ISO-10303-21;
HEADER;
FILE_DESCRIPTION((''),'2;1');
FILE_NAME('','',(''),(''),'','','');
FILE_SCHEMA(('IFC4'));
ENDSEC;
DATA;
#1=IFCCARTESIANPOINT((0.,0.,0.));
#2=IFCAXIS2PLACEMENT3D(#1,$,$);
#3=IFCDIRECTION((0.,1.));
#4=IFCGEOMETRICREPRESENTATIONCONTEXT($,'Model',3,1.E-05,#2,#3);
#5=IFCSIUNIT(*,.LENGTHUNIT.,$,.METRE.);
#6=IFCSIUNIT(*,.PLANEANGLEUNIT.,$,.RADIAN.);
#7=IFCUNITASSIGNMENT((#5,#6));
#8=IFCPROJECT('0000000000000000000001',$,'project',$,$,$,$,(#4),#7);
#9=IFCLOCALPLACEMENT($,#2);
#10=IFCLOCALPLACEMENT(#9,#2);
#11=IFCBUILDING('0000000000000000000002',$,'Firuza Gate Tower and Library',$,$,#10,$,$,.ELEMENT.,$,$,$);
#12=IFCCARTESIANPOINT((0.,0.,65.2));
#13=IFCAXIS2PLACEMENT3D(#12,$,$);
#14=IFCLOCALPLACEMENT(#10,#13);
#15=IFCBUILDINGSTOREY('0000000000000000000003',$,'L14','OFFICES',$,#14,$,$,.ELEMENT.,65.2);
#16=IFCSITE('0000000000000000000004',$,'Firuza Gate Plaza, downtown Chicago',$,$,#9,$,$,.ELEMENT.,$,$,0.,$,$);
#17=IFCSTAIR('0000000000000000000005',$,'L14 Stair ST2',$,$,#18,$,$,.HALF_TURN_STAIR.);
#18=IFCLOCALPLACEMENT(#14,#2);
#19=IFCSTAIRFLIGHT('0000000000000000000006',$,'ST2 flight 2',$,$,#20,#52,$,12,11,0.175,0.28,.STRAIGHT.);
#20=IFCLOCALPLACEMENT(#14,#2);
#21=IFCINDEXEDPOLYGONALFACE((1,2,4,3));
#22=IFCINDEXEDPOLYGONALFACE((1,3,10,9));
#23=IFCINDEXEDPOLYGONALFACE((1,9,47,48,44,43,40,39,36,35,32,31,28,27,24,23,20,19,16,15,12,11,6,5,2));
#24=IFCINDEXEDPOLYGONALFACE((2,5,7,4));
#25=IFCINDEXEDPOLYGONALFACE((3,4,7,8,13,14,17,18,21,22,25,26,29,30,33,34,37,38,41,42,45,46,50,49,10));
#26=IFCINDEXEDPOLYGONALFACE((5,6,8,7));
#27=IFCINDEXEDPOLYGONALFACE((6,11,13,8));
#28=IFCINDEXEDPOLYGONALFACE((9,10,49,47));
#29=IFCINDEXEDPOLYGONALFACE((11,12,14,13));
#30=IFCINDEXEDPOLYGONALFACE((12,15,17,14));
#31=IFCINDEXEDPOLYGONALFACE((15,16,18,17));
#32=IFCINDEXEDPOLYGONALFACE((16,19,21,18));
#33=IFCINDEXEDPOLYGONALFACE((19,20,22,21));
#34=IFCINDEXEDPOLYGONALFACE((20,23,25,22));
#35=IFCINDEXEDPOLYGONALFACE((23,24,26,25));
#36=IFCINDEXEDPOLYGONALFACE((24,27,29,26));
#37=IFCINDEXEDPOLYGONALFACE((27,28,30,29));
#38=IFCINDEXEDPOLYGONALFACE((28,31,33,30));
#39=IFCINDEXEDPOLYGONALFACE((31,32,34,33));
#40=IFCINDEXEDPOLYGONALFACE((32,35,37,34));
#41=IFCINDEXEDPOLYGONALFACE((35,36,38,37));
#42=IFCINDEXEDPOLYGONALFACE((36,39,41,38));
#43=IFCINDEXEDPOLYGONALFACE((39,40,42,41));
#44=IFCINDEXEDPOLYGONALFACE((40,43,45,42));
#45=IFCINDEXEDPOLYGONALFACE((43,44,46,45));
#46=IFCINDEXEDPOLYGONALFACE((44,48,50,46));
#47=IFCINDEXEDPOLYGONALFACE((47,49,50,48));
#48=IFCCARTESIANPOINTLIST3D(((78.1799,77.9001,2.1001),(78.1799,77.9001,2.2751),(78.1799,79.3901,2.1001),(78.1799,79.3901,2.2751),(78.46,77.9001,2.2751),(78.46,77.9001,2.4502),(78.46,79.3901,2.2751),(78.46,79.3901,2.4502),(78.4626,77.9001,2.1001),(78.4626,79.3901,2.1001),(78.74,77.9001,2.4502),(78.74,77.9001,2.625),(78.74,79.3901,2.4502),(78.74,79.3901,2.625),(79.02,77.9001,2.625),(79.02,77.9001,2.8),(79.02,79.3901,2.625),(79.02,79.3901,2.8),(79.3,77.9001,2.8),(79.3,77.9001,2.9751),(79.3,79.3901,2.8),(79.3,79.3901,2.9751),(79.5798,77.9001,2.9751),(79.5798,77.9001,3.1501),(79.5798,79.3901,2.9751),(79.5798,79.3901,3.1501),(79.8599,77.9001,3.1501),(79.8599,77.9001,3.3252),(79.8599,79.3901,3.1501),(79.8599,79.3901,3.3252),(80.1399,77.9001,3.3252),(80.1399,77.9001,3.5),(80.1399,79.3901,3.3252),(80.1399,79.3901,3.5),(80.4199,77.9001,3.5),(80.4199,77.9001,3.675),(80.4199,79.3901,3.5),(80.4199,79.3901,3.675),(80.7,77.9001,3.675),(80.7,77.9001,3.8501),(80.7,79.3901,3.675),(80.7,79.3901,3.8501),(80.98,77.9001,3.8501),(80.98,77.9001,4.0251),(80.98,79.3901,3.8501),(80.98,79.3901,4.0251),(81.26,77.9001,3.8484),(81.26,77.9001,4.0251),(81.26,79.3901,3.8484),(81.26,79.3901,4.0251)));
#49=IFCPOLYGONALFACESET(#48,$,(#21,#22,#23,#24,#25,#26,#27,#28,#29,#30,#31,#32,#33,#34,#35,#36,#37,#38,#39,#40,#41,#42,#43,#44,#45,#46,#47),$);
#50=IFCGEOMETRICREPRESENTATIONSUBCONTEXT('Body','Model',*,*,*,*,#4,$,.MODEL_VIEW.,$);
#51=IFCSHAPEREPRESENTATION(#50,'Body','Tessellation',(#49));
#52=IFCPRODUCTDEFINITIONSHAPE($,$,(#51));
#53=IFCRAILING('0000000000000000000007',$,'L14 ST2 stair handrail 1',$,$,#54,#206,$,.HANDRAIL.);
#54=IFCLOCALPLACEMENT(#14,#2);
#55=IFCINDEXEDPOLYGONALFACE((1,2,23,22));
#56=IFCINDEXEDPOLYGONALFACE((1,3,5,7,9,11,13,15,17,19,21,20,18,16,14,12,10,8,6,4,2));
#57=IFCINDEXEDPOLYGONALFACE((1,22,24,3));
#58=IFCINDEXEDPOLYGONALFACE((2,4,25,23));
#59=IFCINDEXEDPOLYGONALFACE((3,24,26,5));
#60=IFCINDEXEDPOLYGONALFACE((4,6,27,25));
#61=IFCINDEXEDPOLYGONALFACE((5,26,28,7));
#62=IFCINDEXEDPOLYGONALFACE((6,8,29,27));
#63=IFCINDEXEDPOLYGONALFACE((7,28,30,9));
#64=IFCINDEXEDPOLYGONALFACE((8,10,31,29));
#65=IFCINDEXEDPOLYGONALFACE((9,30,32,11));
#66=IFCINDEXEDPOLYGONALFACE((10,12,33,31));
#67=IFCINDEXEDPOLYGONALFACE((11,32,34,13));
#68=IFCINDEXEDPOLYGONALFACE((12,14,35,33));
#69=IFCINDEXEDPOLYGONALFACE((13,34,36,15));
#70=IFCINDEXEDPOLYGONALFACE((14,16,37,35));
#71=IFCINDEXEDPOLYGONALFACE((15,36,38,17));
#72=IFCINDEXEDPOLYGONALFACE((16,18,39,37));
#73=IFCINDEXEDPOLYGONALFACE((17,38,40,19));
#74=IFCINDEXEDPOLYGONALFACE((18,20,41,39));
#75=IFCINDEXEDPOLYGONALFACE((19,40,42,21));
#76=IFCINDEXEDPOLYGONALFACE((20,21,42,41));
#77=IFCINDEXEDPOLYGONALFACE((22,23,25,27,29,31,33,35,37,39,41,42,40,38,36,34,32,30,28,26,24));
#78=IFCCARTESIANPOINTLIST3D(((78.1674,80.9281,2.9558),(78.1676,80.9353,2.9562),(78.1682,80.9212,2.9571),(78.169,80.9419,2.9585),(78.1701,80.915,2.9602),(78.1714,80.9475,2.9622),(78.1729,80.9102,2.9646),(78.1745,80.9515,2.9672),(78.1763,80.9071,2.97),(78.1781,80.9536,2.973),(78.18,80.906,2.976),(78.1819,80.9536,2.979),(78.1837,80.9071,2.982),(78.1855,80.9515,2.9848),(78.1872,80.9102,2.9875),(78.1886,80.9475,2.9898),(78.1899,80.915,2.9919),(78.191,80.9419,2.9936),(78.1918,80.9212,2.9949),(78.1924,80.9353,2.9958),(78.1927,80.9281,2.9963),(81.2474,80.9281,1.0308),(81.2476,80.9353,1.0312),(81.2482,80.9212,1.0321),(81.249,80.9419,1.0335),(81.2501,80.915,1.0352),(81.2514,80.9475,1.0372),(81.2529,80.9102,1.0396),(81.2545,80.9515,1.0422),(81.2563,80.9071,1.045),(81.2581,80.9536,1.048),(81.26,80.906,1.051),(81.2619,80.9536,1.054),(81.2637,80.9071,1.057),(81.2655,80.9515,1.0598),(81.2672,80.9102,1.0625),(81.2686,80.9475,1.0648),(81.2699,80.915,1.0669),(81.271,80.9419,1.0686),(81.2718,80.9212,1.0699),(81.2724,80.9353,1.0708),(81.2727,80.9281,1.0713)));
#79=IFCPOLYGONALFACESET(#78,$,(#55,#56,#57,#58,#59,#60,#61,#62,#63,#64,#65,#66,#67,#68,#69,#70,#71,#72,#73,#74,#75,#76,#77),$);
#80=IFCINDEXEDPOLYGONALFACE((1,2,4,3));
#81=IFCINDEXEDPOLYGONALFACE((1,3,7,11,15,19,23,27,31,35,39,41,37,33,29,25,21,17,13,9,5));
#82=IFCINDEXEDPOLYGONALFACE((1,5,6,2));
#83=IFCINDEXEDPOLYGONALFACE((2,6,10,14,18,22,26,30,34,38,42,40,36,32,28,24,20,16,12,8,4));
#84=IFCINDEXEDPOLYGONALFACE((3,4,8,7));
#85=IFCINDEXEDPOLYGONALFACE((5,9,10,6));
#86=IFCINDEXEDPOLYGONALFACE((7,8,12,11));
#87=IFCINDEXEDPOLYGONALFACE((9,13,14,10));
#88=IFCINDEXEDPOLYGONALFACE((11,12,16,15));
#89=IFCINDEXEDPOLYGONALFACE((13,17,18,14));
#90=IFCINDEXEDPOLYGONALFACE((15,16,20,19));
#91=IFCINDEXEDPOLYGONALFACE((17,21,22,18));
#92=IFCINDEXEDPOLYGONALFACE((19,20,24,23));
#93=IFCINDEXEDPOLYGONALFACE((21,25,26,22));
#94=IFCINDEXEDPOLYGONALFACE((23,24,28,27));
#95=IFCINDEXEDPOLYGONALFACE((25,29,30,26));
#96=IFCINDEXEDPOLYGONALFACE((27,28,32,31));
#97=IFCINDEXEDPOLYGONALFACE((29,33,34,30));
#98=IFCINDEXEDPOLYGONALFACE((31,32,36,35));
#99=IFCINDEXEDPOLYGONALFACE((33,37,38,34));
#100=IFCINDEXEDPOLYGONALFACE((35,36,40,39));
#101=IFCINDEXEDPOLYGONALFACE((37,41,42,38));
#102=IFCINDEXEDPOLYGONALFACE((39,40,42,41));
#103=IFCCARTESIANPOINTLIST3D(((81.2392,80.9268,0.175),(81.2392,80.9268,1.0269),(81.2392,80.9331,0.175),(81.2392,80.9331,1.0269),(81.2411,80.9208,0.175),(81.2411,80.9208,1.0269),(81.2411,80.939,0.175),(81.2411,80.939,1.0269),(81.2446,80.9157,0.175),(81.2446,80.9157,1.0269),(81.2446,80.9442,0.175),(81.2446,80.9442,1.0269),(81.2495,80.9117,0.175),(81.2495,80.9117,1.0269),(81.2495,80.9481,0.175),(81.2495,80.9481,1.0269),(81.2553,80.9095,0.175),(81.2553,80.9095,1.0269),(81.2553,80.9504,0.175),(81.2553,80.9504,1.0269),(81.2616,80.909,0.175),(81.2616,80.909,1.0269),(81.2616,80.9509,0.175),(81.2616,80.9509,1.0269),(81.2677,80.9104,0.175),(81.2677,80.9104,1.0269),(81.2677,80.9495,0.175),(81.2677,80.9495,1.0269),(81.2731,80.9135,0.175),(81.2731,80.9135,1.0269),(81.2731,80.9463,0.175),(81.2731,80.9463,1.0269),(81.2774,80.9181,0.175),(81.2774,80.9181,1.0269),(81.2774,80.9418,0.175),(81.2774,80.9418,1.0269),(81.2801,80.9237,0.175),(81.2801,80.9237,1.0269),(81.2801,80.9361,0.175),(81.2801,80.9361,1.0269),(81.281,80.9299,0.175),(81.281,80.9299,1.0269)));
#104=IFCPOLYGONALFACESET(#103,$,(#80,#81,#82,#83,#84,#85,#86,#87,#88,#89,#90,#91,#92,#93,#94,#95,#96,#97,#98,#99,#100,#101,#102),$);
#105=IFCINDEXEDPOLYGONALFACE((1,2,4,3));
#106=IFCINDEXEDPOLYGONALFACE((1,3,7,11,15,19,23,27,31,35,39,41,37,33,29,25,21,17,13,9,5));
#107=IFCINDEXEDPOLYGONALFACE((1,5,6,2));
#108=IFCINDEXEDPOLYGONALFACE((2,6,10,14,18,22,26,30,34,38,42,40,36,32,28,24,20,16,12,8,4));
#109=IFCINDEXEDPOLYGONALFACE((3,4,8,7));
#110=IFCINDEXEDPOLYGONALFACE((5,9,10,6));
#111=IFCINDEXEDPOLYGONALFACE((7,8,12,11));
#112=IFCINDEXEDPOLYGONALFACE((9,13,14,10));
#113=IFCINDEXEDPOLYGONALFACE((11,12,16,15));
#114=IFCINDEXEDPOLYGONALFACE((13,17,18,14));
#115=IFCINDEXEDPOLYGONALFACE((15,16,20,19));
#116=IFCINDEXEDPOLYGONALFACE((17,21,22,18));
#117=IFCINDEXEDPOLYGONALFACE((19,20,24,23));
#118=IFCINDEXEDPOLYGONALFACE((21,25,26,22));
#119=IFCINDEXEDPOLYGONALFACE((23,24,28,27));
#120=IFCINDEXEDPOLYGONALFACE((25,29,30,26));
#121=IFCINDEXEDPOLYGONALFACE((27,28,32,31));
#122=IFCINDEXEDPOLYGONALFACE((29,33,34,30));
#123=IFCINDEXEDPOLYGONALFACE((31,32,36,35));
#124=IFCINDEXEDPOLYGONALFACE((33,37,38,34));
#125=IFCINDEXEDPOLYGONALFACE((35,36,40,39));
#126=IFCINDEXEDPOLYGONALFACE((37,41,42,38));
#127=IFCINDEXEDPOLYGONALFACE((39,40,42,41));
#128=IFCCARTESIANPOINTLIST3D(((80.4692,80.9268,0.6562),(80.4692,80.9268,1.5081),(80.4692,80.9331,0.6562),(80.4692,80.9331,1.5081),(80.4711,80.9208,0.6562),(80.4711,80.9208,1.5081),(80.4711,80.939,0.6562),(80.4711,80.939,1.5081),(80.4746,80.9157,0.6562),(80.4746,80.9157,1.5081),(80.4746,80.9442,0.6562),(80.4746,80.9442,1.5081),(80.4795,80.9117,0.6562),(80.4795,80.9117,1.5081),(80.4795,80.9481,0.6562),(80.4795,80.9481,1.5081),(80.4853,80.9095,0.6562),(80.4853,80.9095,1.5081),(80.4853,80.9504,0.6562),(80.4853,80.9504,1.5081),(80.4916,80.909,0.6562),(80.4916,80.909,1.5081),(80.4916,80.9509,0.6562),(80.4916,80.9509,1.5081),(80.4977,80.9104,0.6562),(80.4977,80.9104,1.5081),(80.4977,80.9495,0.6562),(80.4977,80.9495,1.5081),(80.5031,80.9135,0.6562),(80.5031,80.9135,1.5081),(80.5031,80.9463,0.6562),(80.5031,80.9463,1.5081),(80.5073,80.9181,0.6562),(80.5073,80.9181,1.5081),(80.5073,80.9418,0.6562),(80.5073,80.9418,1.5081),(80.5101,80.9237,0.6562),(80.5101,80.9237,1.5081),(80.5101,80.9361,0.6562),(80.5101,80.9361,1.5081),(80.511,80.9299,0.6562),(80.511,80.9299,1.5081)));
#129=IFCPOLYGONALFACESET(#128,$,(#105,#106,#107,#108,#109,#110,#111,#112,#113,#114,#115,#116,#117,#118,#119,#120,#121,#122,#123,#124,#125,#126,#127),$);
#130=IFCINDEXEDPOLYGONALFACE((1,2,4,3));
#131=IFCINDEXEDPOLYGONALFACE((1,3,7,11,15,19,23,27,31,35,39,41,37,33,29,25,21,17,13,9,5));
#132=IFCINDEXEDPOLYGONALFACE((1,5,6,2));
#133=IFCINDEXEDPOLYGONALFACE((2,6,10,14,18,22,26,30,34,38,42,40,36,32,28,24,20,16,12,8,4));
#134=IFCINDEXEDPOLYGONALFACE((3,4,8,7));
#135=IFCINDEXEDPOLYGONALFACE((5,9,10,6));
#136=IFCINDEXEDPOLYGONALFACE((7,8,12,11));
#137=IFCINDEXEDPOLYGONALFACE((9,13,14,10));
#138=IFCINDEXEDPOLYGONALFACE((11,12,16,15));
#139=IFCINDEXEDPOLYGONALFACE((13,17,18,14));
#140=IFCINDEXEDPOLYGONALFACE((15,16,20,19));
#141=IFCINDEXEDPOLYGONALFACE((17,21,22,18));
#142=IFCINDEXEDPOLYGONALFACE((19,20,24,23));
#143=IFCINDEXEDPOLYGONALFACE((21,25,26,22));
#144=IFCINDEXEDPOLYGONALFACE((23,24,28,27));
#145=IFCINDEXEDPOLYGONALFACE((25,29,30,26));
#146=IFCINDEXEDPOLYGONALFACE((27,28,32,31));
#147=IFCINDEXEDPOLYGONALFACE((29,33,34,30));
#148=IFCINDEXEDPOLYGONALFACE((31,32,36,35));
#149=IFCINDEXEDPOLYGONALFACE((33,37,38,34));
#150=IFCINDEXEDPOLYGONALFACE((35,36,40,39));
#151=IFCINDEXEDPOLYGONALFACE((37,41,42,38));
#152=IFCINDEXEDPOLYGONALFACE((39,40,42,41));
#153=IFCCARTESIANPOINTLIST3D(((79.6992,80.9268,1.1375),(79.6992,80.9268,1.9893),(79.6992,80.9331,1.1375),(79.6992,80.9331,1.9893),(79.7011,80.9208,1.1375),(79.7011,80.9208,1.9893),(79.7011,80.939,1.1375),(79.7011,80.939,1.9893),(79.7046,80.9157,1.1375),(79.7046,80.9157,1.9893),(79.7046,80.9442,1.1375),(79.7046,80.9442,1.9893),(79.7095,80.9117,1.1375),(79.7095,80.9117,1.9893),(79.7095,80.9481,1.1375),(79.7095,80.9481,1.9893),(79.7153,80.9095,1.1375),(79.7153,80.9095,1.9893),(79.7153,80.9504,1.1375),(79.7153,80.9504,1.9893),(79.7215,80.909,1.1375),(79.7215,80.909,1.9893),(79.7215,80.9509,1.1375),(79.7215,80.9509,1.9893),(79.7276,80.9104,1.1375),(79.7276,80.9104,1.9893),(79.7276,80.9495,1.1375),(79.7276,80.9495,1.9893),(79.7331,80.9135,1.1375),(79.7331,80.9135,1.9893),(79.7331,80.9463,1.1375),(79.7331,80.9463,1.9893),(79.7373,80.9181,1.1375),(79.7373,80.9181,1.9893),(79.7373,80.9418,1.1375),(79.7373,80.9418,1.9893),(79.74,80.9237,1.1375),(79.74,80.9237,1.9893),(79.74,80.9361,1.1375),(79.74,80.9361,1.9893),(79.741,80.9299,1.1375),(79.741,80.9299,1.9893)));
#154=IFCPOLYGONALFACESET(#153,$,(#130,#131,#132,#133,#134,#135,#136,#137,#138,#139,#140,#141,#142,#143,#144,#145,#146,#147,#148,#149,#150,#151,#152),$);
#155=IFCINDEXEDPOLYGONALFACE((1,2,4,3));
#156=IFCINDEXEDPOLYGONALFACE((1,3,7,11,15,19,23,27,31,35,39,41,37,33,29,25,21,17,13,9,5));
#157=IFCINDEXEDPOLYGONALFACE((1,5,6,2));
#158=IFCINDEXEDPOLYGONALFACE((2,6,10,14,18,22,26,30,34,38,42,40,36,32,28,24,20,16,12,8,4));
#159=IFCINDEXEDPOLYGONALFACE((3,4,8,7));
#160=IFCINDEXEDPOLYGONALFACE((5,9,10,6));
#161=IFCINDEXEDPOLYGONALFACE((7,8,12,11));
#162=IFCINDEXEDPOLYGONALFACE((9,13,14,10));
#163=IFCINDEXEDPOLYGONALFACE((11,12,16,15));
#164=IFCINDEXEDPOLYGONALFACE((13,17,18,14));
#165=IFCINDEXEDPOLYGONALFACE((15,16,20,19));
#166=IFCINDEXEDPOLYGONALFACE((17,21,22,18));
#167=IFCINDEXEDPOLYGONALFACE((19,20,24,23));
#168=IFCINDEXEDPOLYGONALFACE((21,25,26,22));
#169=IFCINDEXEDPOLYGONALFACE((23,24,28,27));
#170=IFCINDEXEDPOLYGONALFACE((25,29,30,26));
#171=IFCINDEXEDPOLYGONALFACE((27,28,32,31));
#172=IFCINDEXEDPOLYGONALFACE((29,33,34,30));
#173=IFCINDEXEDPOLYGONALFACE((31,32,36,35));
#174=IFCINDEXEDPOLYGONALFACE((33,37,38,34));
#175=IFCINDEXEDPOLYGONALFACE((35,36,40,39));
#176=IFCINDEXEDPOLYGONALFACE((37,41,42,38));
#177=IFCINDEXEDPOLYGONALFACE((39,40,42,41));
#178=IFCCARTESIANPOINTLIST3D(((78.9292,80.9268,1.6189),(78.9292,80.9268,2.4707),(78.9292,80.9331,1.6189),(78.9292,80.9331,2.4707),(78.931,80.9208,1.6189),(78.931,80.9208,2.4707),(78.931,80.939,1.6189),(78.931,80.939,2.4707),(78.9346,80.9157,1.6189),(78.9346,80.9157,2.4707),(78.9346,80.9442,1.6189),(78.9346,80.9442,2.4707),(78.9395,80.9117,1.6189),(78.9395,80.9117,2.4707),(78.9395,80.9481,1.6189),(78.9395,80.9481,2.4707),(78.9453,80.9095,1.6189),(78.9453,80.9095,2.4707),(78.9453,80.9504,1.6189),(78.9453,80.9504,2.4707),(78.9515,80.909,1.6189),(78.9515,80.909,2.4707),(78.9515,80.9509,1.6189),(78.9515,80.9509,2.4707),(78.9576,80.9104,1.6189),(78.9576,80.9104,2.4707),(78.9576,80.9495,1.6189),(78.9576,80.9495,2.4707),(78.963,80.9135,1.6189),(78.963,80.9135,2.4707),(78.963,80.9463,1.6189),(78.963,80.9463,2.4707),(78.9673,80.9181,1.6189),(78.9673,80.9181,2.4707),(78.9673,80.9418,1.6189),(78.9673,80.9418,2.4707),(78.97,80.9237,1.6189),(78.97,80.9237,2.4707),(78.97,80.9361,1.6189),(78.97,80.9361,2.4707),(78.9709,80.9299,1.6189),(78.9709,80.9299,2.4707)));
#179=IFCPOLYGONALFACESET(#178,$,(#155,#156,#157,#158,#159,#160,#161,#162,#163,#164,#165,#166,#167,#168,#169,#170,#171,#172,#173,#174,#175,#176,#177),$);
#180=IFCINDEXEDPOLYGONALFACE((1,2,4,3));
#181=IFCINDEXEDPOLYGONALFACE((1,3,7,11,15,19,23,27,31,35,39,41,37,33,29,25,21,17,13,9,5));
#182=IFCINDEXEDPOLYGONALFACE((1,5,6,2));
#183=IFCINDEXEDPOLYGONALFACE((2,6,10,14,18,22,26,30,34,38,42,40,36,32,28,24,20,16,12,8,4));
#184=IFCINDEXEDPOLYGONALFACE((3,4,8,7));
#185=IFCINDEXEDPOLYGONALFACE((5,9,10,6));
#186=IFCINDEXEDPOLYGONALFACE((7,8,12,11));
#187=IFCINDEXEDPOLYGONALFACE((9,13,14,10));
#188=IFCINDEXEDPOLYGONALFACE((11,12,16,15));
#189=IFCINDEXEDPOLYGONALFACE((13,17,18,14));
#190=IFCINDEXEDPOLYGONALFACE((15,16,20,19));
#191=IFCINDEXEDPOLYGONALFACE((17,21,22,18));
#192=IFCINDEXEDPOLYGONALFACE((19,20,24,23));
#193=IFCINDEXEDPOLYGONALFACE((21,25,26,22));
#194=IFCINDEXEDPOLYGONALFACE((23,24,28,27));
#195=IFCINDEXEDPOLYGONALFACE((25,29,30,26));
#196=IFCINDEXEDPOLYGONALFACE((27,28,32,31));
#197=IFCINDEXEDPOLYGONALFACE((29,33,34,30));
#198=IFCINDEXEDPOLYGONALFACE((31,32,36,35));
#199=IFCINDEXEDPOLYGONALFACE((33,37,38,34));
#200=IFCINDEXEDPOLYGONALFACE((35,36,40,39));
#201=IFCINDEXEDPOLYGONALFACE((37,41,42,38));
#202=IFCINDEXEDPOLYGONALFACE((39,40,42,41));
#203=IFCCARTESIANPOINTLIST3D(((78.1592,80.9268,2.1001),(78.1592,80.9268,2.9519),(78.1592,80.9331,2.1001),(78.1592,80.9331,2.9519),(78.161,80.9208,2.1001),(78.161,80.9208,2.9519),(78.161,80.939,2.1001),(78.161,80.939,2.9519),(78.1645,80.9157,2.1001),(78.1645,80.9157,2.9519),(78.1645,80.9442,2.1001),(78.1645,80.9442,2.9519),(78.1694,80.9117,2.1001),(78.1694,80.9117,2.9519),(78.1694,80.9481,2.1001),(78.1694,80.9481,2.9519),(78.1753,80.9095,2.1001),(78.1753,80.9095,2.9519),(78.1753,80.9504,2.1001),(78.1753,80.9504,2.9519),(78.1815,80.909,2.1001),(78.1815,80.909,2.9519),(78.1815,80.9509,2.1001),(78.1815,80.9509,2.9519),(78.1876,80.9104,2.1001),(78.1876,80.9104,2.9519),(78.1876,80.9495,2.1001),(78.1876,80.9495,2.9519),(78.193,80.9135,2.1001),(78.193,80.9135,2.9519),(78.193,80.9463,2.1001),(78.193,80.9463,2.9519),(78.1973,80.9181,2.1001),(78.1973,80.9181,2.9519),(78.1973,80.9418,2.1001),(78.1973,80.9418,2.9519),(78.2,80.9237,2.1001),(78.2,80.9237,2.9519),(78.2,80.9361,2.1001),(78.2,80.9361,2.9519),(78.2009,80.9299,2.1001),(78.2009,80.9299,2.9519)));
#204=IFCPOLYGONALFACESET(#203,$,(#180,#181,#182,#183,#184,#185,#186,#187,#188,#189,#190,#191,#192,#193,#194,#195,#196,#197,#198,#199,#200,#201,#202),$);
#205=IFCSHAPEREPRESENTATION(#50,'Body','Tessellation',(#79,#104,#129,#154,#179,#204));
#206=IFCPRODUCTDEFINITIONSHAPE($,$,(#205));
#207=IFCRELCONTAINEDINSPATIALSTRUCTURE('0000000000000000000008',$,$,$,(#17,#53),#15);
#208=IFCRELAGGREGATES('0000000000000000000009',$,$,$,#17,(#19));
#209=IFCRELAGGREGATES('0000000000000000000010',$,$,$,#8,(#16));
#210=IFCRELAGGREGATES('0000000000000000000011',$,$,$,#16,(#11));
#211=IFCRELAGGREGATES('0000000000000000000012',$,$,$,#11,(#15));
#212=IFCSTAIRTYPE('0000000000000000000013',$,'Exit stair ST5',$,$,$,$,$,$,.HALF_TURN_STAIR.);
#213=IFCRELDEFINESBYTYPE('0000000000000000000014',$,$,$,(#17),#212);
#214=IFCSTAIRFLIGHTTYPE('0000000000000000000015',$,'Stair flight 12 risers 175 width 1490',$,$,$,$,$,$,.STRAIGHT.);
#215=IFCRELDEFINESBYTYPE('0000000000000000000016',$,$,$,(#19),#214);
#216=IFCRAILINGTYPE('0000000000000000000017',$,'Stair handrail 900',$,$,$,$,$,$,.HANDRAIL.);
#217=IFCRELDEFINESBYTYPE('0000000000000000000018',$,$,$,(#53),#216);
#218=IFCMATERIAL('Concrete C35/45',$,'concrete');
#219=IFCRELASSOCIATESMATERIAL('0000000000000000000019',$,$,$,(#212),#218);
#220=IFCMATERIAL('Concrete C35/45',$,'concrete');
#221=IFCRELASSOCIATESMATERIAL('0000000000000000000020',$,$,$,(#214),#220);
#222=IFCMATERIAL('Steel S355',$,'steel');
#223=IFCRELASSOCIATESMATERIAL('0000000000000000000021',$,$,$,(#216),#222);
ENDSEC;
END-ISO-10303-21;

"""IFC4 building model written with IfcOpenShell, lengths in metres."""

from ifc_helpers import new_model, si_unit, direction, frame, origin, origin_2d, place, context, subcontext, project, spatial, polyline, circle, outline, extrude, material, type_object, element, aggregate, save


model = new_model("IFC4")

# Units and contexts
model_context = context("Model", 3, precision=1e-05, world=origin(), true_north=direction((0.0, 1.0)))
body_context = subcontext(model_context, "Body", "Model", "MODEL_VIEW")
ifc_project = project(units=[si_unit("LENGTHUNIT", "METRE"), si_unit("PLANEANGLEUNIT", "RADIAN")], contexts=[model_context])

# Site, building, storey
site_placement = place(None, origin())
site = spatial("IfcSite", under=ifc_project, at=site_placement, Name="Firuza Gate Plaza, downtown Chicago", CompositionType="ELEMENT", RefElevation=0.0)
building_placement = place(site_placement, origin())
building = spatial("IfcBuilding", under=site, at=building_placement, Name="Firuza Gate Tower and Library", CompositionType="ELEMENT")
storey_placement = place(building_placement, frame((0.0, 0.0, 65.2)))
storey = spatial("IfcBuildingStorey", under=building, at=storey_placement, Name="L14", Description="OFFICES", CompositionType="ELEMENT", Elevation=65.2)

# Shared definitions
placement = place(storey_placement, origin())

# Stair, stair flight
ifc_material_1 = material(Name="Concrete C35/45", Category="concrete")
stair_type_1 = type_object("IfcStairType", Name="Exit stair ST5", PredefinedType="HALF_TURN_STAIR", material=ifc_material_1)
stair_1 = element("IfcStair", 1, at=placement, inside=storey, type_object=stair_type_1, Name="L14 Stair ST2", PredefinedType="HALF_TURN_STAIR")
ifc_material_2 = material(Name="Concrete C35/45", Category="concrete")
stair_flight_type_1 = type_object("IfcStairFlightType", Name="Stair flight 12 risers 175 width 1490", PredefinedType="STRAIGHT", material=ifc_material_2)
stair_flight_1_placement = place(storey_placement, frame((78.1799, 78.645, 2.1001), z_axis=(0.0, 0.0, 1.0), x_axis=(1.0, 0.0, 0.0)))
stair_flight_1 = element("IfcStairFlight", 2, at=stair_flight_1_placement, type_object=stair_flight_type_1, Name="ST2 flight 2", NumberOfRisers=12, NumberOfTreads=11, PredefinedType="STRAIGHT", RiserHeight=0.175, TreadLength=0.28, context=body_context, shape_type="SweptSolid", body=[
    extrude(outline(polyline([(0.0, 0.0), (0.0, 0.175), (0.28, 0.175), (0.28, 0.3501), (0.5601, 0.3501), (0.5601, 0.5249), (0.8401, 0.5249), (0.8401, 0.7), (1.1201, 0.7), (1.1201, 0.875), (1.3999, 0.875), (1.3999, 1.05), (1.6799, 1.05), (1.6799, 1.2251), (1.96, 1.2251), (1.96, 1.3999), (2.24, 1.3999), (2.24, 1.575), (2.52, 1.575), (2.52, 1.75), (2.8, 1.75), (2.8, 1.925), (3.0801, 1.925), (3.0801, 2.1001), (3.0801, 1.7483), (0.2827, 0.0), (0.0, 0.0)])), frame((0.0, 0.7451, 0.0), z_axis=(0.0, -1.0, 0.0), x_axis=(1.0, 0.0, 0.0)), (0.0, 0.0, 1.0), 1.49),
])
aggregate(stair_1, [stair_flight_1])

# Railing
ifc_material_3 = material(Name="Steel S355", Category="steel")
railing_type_1 = type_object("IfcRailingType", Name="Stair handrail 900", PredefinedType="HANDRAIL", material=ifc_material_3)
railing_1_placement = place(storey_placement, frame((81.26, 80.9299, 0.175)))
element("IfcRailing", 3, at=railing_1_placement, inside=storey, type_object=railing_type_1, Name="L14 ST2 stair handrail 1", PredefinedType="HANDRAIL", context=body_context, shape_type="SweptSolid", body=[
    extrude(circle(Radius=0.0239, at=origin_2d()), frame((0.0, 0.0, 0.876), z_axis=(-0.847998, 0.0, 0.529999), x_axis=(0.0, -1.0, 0.0)), (0.0, 0.0, 1.0), 3.6321),
    extrude(circle(Radius=0.021, at=origin_2d()), origin(), (0.0, 0.0, 1.0), 0.8518),
    extrude(circle(Radius=0.021, at=origin_2d()), frame((-0.77, 0.0, 0.4812)), (0.0, 0.0, 1.0), 0.8518),
    extrude(circle(Radius=0.021, at=origin_2d()), frame((-1.54, 0.0, 0.9624)), (0.0, 0.0, 1.0), 0.8518),
    extrude(circle(Radius=0.021, at=origin_2d()), frame((-2.3101, 0.0, 1.4438)), (0.0, 0.0, 1.0), 0.8518),
    extrude(circle(Radius=0.021, at=origin_2d()), frame((-3.0801, 0.0, 1.925)), (0.0, 0.0, 1.0), 0.8518),
])

save(model, "model.ifc")
